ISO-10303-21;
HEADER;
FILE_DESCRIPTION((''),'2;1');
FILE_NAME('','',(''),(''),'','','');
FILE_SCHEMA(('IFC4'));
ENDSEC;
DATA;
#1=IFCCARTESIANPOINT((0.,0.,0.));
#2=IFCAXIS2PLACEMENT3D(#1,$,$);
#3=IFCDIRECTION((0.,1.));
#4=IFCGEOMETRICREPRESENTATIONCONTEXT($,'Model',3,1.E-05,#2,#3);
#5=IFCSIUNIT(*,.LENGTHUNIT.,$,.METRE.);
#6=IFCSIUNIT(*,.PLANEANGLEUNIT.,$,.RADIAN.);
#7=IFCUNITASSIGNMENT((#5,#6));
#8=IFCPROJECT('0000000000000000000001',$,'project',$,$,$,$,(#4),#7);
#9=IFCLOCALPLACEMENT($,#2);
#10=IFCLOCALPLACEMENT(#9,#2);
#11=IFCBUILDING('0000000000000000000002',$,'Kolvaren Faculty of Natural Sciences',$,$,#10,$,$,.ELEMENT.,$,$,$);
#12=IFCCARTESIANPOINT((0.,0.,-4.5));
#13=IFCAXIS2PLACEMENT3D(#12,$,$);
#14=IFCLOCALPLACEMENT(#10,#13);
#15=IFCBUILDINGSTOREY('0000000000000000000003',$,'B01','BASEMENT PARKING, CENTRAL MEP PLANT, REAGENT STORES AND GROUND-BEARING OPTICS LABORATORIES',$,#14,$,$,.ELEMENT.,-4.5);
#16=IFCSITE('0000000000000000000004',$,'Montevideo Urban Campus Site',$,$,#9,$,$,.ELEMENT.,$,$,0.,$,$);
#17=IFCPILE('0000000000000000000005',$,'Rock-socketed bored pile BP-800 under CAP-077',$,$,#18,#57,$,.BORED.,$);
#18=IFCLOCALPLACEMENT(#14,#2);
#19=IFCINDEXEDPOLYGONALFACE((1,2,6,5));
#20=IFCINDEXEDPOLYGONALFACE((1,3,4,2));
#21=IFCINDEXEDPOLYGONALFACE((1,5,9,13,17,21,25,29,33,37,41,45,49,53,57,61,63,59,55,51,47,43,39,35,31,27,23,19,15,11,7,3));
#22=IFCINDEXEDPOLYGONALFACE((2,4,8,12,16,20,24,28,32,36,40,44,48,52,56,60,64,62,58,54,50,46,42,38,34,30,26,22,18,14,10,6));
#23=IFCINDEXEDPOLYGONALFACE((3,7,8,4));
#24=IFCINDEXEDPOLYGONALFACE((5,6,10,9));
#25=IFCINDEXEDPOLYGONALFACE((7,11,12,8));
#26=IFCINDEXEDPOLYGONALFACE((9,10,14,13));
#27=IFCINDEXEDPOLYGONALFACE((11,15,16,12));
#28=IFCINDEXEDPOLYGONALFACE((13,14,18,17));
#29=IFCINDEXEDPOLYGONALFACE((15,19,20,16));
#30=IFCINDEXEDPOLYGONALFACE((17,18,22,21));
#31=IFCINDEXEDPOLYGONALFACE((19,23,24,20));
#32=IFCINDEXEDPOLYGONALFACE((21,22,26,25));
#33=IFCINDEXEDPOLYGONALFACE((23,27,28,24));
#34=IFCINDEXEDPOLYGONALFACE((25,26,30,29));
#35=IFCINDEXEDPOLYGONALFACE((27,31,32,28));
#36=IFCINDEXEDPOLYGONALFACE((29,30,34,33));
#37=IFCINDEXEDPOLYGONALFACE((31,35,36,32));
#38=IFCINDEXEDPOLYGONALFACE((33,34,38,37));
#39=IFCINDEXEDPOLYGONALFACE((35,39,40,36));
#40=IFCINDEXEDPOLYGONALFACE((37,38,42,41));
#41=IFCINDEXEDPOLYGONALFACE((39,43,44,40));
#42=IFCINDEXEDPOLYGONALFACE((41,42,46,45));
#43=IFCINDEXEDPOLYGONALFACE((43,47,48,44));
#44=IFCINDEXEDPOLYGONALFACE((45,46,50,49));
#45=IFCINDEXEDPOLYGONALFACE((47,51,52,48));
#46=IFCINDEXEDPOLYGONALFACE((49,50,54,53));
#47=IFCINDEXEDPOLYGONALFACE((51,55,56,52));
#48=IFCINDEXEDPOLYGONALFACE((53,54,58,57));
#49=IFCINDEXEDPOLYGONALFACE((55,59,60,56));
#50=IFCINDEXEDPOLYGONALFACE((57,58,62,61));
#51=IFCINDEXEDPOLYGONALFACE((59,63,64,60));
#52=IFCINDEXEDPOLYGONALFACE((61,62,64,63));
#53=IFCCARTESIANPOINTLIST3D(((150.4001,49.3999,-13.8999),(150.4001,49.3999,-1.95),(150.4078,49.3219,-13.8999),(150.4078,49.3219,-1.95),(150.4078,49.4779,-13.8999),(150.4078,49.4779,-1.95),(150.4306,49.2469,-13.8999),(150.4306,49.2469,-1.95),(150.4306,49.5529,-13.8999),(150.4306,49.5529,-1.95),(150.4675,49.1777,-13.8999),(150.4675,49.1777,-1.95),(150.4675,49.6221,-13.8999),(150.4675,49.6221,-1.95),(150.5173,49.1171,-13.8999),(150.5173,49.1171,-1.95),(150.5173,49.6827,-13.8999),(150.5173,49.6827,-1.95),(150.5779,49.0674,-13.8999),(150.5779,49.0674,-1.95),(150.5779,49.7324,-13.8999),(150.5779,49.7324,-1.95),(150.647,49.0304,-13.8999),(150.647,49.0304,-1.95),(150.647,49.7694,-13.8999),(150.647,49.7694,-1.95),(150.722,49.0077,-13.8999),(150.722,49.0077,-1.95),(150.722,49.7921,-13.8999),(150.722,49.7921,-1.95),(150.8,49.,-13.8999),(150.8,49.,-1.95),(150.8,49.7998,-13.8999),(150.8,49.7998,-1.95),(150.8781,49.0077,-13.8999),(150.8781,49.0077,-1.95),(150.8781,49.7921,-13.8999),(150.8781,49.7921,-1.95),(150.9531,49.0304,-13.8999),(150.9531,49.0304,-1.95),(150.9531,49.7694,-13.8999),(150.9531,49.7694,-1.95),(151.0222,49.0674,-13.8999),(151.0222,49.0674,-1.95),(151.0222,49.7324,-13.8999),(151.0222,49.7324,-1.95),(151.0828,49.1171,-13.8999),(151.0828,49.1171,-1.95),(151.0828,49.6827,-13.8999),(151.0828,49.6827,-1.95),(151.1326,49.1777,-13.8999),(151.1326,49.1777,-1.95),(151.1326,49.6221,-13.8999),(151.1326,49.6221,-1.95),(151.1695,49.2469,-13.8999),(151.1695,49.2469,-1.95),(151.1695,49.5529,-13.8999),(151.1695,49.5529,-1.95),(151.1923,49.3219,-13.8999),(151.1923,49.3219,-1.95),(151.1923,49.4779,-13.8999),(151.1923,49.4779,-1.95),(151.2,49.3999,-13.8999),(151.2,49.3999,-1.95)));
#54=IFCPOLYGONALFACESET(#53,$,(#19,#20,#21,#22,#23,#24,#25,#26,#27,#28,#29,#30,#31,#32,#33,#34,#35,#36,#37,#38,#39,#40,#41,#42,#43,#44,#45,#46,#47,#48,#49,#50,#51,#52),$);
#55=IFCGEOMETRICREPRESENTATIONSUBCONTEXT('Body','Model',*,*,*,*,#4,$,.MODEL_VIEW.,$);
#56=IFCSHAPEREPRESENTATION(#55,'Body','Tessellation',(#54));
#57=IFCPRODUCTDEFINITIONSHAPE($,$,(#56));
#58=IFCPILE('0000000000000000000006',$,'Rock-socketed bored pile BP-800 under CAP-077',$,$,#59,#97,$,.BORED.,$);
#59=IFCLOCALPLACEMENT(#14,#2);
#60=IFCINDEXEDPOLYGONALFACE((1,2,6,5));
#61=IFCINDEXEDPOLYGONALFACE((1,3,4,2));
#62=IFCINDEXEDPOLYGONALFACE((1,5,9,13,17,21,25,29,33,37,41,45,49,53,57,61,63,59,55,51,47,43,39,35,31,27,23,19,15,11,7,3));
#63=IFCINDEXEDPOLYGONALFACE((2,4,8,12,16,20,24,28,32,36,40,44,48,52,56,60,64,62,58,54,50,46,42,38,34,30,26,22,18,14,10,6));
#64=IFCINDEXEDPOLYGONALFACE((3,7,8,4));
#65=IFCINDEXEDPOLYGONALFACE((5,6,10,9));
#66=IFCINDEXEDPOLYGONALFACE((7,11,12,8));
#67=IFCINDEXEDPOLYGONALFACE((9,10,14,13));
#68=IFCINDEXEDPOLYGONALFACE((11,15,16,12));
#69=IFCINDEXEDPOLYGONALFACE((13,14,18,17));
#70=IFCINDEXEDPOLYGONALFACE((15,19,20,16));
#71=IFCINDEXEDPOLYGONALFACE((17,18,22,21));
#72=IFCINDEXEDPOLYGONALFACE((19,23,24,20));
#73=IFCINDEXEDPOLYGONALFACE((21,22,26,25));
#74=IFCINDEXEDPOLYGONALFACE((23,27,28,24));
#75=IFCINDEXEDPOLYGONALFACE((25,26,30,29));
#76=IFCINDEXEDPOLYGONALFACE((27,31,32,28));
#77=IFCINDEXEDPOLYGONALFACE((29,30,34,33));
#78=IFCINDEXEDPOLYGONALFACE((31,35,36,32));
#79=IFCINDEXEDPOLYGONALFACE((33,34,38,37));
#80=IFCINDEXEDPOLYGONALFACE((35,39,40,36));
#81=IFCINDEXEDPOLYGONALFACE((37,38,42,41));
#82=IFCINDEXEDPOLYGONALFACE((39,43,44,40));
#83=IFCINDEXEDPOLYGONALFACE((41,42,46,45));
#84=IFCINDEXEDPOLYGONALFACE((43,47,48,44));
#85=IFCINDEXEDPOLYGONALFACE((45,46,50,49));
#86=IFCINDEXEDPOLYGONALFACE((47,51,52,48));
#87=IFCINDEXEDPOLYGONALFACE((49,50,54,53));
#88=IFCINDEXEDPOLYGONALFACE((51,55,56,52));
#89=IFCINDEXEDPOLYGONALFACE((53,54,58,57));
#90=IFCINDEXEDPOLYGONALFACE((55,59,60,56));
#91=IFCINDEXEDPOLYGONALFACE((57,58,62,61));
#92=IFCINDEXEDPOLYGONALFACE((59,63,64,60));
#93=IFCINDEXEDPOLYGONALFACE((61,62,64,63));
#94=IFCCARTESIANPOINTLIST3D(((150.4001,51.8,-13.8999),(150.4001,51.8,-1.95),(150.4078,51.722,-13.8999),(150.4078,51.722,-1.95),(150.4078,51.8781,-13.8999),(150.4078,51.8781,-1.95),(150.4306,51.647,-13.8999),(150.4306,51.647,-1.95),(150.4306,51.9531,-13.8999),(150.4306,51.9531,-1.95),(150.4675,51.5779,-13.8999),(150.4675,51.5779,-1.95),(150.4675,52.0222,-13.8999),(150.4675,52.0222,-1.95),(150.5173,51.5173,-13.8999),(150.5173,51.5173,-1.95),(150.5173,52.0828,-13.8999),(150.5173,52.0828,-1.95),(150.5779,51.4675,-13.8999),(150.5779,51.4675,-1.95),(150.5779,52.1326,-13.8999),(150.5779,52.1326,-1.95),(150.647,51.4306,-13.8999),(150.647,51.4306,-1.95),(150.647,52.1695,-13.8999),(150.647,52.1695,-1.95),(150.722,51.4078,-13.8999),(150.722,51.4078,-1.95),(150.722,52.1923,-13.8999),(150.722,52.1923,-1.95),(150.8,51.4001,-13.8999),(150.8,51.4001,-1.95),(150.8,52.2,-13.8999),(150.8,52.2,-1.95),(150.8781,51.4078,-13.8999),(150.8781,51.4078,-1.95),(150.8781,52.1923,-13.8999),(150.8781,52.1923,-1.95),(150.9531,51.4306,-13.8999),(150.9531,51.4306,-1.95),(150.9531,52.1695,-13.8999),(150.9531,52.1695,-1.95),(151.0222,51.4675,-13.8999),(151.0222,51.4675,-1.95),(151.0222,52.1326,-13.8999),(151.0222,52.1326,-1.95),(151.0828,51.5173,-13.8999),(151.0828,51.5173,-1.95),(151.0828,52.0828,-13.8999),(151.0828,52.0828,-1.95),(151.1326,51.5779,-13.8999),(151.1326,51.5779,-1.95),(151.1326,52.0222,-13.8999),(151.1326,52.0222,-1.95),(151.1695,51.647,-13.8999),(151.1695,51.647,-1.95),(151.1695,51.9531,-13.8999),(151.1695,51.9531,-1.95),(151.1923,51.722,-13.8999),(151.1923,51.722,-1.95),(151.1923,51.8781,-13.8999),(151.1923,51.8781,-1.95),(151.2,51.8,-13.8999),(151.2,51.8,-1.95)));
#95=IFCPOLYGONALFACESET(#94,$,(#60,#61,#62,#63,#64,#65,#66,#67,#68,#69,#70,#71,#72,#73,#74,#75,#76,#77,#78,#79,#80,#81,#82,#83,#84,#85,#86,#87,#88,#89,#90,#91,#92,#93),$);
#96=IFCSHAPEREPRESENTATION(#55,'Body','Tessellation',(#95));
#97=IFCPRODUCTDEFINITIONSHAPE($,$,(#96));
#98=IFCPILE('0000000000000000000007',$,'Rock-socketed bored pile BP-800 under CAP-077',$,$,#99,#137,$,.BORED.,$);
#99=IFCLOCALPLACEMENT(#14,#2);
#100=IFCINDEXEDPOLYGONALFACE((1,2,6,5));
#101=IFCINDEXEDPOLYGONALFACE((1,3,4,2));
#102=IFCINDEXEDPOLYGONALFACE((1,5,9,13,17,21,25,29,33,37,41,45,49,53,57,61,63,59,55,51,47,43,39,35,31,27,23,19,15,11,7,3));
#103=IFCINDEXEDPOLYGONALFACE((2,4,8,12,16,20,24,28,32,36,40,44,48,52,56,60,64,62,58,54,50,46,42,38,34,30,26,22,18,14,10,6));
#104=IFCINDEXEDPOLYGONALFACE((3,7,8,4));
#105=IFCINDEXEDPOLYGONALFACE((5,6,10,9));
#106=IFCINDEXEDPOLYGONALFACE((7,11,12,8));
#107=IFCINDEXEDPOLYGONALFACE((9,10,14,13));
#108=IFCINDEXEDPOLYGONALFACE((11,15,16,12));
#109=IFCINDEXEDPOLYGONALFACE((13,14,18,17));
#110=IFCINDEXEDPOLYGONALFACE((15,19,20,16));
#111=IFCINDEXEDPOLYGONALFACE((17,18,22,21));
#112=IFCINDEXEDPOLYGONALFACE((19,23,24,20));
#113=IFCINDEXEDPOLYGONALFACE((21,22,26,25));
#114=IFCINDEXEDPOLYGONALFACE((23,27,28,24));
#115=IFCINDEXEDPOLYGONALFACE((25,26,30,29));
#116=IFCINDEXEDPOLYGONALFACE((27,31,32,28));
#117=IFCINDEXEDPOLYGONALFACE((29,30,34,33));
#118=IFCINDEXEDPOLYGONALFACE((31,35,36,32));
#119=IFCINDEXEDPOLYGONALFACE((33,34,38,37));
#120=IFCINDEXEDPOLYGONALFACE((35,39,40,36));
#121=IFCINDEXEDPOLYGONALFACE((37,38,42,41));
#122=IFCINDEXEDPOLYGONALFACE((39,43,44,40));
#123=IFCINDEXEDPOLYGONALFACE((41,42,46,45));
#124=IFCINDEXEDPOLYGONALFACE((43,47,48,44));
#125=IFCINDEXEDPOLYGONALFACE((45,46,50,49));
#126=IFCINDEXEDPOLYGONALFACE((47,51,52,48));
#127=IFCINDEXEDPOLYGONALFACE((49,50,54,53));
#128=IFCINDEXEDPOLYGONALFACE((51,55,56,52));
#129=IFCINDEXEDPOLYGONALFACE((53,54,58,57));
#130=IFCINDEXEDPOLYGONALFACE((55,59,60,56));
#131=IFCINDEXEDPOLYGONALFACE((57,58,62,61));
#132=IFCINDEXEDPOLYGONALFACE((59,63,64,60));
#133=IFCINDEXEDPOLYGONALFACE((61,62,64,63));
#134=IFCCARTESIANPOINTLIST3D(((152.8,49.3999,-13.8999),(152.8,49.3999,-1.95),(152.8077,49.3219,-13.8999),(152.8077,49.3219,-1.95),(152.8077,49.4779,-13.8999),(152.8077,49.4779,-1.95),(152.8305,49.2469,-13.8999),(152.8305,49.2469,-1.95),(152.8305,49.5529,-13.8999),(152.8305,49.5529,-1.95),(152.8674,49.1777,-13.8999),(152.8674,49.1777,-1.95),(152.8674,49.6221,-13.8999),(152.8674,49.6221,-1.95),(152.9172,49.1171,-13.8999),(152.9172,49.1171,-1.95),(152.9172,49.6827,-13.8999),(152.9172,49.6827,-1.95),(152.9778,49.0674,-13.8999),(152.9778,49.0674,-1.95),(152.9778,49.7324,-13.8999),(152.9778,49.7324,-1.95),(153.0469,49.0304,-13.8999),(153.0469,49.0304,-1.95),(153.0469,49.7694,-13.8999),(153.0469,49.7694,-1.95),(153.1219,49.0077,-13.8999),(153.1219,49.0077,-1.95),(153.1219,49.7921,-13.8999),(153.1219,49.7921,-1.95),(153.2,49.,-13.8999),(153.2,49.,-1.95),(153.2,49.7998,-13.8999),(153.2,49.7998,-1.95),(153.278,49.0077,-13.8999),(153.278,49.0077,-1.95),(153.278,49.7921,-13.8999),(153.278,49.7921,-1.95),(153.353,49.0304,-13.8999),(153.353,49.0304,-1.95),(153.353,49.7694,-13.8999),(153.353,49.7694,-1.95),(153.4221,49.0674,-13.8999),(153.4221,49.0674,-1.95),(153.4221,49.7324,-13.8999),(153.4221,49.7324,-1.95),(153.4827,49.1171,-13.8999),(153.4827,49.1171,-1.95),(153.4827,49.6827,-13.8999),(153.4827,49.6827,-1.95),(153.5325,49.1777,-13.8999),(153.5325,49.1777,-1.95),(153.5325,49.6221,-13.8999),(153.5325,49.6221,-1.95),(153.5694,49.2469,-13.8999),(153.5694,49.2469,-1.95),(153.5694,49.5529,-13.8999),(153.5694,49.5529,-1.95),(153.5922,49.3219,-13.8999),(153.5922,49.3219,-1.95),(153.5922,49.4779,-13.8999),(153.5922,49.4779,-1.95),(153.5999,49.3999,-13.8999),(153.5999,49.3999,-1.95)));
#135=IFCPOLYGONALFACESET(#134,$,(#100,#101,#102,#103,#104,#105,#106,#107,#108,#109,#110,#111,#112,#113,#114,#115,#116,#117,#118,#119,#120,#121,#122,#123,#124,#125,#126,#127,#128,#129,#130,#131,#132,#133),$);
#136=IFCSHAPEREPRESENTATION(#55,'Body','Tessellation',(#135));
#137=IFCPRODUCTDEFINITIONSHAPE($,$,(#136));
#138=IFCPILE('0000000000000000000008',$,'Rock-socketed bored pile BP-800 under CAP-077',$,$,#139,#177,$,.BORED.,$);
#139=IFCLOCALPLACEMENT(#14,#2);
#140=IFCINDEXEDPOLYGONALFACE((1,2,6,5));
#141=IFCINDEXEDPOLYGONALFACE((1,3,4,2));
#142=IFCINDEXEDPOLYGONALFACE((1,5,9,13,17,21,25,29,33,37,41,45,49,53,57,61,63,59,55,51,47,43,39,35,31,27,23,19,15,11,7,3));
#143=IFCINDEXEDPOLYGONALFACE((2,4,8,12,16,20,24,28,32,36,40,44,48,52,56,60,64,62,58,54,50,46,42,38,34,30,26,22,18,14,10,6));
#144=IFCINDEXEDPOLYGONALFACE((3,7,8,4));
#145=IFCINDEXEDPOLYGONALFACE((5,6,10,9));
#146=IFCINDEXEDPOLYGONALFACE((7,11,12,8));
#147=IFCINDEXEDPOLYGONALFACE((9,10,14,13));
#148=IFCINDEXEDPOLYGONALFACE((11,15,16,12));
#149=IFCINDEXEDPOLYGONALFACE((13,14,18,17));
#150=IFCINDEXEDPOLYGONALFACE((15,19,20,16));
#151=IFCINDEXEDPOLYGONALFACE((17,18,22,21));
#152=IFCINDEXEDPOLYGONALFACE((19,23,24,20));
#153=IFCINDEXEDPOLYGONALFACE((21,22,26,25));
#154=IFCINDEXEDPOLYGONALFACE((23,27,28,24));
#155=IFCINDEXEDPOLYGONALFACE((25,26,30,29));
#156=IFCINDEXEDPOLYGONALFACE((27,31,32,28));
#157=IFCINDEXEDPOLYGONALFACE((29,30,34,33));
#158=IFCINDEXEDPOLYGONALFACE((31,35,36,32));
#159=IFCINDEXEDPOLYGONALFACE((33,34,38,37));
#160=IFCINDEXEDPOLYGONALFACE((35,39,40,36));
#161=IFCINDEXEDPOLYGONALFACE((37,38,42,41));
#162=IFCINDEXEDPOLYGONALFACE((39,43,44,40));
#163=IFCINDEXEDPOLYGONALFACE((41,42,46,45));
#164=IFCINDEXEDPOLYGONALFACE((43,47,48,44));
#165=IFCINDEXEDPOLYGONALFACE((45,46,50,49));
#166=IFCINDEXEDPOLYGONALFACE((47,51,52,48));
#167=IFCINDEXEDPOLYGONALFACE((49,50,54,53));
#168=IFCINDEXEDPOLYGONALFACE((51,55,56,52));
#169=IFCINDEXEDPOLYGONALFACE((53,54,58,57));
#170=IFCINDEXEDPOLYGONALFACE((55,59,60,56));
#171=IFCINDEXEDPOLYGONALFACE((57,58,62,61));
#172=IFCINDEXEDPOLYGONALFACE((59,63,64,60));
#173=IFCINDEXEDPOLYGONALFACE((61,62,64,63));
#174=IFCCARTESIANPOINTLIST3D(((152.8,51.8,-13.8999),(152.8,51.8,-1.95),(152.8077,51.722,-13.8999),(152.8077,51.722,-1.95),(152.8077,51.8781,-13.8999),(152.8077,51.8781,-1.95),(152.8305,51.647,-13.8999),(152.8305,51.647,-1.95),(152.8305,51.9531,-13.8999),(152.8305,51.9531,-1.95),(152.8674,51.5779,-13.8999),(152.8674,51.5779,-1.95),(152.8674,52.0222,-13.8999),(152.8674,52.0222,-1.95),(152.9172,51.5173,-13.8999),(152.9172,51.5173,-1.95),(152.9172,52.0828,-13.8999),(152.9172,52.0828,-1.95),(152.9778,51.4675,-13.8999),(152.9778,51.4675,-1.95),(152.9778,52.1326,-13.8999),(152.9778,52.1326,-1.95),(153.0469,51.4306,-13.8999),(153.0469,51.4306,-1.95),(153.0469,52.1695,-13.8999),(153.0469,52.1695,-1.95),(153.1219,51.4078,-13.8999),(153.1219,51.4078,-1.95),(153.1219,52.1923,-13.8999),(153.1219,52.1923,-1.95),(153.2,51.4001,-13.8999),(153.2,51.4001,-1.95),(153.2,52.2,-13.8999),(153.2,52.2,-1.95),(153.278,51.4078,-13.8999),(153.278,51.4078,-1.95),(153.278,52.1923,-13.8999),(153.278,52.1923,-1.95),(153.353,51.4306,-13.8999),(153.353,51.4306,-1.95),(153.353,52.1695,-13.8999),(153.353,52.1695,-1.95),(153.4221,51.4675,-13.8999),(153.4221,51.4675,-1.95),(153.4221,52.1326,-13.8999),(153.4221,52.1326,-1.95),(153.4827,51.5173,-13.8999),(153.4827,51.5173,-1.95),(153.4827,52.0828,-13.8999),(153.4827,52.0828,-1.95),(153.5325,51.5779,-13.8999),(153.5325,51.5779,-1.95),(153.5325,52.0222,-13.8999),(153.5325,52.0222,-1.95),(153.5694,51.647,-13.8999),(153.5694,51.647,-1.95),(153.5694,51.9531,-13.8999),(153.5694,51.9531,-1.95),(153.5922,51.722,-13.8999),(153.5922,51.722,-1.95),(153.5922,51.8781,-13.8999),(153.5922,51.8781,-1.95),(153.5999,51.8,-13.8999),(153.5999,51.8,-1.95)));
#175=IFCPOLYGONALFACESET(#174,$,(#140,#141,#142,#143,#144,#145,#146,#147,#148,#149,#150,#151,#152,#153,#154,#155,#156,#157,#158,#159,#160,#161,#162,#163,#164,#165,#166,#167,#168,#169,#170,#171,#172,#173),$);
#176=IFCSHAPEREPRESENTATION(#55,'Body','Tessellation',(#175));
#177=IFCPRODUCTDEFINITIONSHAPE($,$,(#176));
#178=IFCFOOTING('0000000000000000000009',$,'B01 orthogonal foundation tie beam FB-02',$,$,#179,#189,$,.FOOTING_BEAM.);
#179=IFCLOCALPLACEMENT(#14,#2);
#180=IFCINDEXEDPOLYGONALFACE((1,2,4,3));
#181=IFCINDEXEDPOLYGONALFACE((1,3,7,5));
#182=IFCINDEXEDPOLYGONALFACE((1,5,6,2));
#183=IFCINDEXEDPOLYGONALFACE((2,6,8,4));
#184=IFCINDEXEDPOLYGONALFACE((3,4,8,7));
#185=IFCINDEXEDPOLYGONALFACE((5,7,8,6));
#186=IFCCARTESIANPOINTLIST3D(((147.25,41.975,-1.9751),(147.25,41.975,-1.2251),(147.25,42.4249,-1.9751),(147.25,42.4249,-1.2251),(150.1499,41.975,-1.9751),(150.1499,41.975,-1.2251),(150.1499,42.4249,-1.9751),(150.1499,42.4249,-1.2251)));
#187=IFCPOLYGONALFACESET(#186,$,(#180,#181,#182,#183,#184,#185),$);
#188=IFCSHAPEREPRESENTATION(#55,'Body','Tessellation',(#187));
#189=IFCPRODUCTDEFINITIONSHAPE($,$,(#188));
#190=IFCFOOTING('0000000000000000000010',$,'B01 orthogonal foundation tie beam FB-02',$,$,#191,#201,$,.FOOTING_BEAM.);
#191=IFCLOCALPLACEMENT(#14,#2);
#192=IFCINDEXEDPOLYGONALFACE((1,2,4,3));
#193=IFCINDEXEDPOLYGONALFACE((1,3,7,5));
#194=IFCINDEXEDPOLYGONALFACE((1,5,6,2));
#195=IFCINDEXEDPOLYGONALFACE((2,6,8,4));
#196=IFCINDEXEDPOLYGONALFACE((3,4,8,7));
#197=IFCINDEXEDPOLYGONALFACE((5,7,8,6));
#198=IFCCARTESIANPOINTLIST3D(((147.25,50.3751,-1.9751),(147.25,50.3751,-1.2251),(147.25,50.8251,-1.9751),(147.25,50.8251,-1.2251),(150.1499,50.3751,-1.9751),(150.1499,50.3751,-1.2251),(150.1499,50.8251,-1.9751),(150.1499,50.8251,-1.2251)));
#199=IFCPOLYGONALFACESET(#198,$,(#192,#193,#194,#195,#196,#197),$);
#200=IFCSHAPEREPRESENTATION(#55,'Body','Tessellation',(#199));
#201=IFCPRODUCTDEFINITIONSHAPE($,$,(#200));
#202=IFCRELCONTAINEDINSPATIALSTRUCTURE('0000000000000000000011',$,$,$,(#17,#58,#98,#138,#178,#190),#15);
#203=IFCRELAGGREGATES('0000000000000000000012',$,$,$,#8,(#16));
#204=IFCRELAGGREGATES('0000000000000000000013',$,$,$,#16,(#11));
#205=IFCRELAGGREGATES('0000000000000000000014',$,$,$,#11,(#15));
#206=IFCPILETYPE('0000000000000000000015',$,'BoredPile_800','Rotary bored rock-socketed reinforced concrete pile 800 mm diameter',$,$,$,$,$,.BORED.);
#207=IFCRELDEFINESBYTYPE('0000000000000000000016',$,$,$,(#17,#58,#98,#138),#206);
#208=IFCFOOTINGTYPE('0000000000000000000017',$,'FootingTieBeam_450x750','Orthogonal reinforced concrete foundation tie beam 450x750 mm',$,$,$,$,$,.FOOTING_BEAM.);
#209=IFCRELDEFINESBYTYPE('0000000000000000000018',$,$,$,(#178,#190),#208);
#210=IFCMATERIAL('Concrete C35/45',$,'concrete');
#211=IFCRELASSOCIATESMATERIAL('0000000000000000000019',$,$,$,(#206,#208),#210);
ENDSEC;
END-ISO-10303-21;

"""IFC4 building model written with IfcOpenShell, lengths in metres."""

from ifc_helpers import new_model, si_unit, direction, frame, origin, origin_2d, place, context, subcontext, project, spatial, rectangle, circle, extrude, material, material_profile, profile_set, type_object, element, save


model = new_model("IFC4")

# Units and contexts
model_context = context("Model", 3, precision=1e-05, world=origin(), true_north=direction((0.0, 1.0)))
body_context = subcontext(model_context, "Body", "Model", "MODEL_VIEW")
ifc_project = project(units=[si_unit("LENGTHUNIT", "METRE"), si_unit("PLANEANGLEUNIT", "RADIAN")], contexts=[model_context])

# Site, building, storey
site_placement = place(None, origin())
site = spatial("IfcSite", under=ifc_project, at=site_placement, Name="Montevideo Urban Campus Site", CompositionType="ELEMENT", RefElevation=0.0)
building_placement = place(site_placement, origin())
building = spatial("IfcBuilding", under=site, at=building_placement, Name="Kolvaren Faculty of Natural Sciences", CompositionType="ELEMENT")
storey_placement = place(building_placement, frame((0.0, 0.0, -4.5)))
storey = spatial("IfcBuildingStorey", under=building, at=storey_placement, Name="B01", Description="BASEMENT PARKING, CENTRAL MEP PLANT, REAGENT STORES AND GROUND-BEARING OPTICS LABORATORIES", CompositionType="ELEMENT", Elevation=-4.5)

# Piles
ifc_material_1 = material(Name="Concrete C35/45", Category="concrete")
ifc_material_profile_1 = material_profile(ifc_material_1, circle(Radius=0.3999, at=origin_2d()), Name="PILE D800")
ifc_profile_set_1 = profile_set([ifc_material_profile_1], Name="Concrete C35/45")
pile_type_1 = type_object("IfcPileType", Name="BoredPile_800", Description="Rotary bored rock-socketed reinforced concrete pile 800 mm diameter", PredefinedType="BORED", material=ifc_profile_set_1)
for number, where, z_axis, x_axis, name in (
    (1, (150.8, 49.3999, -1.95), (0.0, 0.0, -1.0), (1.0, 0.0, 0.0), "Rock-socketed bored pile BP-800 under CAP-077"),
    (2, (150.8, 51.8, -1.95), (0.0, 0.0, -1.0), (1.0, 0.0, 0.0), "Rock-socketed bored pile BP-800 under CAP-077"),
    (3, (153.2, 49.3999, -1.95), (0.0, 0.0, -1.0), (1.0, 0.0, 0.0), "Rock-socketed bored pile BP-800 under CAP-077"),
    (4, (153.2, 51.8, -1.95), (0.0, 0.0, -1.0), (1.0, 0.0, 0.0), "Rock-socketed bored pile BP-800 under CAP-077"),
):
    element("IfcPile", number, at=place(storey_placement, frame(where, z_axis=z_axis, x_axis=x_axis)), inside=storey, type_object=pile_type_1, Name=name, PredefinedType="BORED", context=body_context, shape_type="SweptSolid", body=[
        extrude(circle(Radius=0.3999, at=origin_2d()), origin(), (0.0, 0.0, 1.0), 11.95),
    ])

# Footings
ifc_material_profile_2 = material_profile(ifc_material_1, rectangle(XDim=0.45, YDim=0.75, at=origin_2d()), Name="RC FB 450x750")
ifc_profile_set_2 = profile_set([ifc_material_profile_2], Name="Concrete C35/45")
footing_type_1 = type_object("IfcFootingType", Name="FootingTieBeam_450x750", Description="Orthogonal reinforced concrete foundation tie beam 450x750 mm", PredefinedType="FOOTING_BEAM", material=ifc_profile_set_2)
for number, where, z_axis, x_axis, name in (
    (5, (147.25, 42.2, -1.6001), (1.0, 0.0, 0.0), (0.0, 1.0, 0.0), "B01 orthogonal foundation tie beam FB-02"),
    (6, (147.25, 50.6001, -1.6001), (1.0, 0.0, 0.0), (0.0, 1.0, 0.0), "B01 orthogonal foundation tie beam FB-02"),
):
    element("IfcFooting", number, at=place(storey_placement, frame(where, z_axis=z_axis, x_axis=x_axis)), inside=storey, type_object=footing_type_1, Name=name, PredefinedType="FOOTING_BEAM", context=body_context, shape_type="SweptSolid", body=[
        extrude(rectangle(XDim=0.45, YDim=0.75, at=origin_2d()), origin(), (0.0, 0.0, 1.0), 2.8999),
    ])

save(model, "model.ifc")
